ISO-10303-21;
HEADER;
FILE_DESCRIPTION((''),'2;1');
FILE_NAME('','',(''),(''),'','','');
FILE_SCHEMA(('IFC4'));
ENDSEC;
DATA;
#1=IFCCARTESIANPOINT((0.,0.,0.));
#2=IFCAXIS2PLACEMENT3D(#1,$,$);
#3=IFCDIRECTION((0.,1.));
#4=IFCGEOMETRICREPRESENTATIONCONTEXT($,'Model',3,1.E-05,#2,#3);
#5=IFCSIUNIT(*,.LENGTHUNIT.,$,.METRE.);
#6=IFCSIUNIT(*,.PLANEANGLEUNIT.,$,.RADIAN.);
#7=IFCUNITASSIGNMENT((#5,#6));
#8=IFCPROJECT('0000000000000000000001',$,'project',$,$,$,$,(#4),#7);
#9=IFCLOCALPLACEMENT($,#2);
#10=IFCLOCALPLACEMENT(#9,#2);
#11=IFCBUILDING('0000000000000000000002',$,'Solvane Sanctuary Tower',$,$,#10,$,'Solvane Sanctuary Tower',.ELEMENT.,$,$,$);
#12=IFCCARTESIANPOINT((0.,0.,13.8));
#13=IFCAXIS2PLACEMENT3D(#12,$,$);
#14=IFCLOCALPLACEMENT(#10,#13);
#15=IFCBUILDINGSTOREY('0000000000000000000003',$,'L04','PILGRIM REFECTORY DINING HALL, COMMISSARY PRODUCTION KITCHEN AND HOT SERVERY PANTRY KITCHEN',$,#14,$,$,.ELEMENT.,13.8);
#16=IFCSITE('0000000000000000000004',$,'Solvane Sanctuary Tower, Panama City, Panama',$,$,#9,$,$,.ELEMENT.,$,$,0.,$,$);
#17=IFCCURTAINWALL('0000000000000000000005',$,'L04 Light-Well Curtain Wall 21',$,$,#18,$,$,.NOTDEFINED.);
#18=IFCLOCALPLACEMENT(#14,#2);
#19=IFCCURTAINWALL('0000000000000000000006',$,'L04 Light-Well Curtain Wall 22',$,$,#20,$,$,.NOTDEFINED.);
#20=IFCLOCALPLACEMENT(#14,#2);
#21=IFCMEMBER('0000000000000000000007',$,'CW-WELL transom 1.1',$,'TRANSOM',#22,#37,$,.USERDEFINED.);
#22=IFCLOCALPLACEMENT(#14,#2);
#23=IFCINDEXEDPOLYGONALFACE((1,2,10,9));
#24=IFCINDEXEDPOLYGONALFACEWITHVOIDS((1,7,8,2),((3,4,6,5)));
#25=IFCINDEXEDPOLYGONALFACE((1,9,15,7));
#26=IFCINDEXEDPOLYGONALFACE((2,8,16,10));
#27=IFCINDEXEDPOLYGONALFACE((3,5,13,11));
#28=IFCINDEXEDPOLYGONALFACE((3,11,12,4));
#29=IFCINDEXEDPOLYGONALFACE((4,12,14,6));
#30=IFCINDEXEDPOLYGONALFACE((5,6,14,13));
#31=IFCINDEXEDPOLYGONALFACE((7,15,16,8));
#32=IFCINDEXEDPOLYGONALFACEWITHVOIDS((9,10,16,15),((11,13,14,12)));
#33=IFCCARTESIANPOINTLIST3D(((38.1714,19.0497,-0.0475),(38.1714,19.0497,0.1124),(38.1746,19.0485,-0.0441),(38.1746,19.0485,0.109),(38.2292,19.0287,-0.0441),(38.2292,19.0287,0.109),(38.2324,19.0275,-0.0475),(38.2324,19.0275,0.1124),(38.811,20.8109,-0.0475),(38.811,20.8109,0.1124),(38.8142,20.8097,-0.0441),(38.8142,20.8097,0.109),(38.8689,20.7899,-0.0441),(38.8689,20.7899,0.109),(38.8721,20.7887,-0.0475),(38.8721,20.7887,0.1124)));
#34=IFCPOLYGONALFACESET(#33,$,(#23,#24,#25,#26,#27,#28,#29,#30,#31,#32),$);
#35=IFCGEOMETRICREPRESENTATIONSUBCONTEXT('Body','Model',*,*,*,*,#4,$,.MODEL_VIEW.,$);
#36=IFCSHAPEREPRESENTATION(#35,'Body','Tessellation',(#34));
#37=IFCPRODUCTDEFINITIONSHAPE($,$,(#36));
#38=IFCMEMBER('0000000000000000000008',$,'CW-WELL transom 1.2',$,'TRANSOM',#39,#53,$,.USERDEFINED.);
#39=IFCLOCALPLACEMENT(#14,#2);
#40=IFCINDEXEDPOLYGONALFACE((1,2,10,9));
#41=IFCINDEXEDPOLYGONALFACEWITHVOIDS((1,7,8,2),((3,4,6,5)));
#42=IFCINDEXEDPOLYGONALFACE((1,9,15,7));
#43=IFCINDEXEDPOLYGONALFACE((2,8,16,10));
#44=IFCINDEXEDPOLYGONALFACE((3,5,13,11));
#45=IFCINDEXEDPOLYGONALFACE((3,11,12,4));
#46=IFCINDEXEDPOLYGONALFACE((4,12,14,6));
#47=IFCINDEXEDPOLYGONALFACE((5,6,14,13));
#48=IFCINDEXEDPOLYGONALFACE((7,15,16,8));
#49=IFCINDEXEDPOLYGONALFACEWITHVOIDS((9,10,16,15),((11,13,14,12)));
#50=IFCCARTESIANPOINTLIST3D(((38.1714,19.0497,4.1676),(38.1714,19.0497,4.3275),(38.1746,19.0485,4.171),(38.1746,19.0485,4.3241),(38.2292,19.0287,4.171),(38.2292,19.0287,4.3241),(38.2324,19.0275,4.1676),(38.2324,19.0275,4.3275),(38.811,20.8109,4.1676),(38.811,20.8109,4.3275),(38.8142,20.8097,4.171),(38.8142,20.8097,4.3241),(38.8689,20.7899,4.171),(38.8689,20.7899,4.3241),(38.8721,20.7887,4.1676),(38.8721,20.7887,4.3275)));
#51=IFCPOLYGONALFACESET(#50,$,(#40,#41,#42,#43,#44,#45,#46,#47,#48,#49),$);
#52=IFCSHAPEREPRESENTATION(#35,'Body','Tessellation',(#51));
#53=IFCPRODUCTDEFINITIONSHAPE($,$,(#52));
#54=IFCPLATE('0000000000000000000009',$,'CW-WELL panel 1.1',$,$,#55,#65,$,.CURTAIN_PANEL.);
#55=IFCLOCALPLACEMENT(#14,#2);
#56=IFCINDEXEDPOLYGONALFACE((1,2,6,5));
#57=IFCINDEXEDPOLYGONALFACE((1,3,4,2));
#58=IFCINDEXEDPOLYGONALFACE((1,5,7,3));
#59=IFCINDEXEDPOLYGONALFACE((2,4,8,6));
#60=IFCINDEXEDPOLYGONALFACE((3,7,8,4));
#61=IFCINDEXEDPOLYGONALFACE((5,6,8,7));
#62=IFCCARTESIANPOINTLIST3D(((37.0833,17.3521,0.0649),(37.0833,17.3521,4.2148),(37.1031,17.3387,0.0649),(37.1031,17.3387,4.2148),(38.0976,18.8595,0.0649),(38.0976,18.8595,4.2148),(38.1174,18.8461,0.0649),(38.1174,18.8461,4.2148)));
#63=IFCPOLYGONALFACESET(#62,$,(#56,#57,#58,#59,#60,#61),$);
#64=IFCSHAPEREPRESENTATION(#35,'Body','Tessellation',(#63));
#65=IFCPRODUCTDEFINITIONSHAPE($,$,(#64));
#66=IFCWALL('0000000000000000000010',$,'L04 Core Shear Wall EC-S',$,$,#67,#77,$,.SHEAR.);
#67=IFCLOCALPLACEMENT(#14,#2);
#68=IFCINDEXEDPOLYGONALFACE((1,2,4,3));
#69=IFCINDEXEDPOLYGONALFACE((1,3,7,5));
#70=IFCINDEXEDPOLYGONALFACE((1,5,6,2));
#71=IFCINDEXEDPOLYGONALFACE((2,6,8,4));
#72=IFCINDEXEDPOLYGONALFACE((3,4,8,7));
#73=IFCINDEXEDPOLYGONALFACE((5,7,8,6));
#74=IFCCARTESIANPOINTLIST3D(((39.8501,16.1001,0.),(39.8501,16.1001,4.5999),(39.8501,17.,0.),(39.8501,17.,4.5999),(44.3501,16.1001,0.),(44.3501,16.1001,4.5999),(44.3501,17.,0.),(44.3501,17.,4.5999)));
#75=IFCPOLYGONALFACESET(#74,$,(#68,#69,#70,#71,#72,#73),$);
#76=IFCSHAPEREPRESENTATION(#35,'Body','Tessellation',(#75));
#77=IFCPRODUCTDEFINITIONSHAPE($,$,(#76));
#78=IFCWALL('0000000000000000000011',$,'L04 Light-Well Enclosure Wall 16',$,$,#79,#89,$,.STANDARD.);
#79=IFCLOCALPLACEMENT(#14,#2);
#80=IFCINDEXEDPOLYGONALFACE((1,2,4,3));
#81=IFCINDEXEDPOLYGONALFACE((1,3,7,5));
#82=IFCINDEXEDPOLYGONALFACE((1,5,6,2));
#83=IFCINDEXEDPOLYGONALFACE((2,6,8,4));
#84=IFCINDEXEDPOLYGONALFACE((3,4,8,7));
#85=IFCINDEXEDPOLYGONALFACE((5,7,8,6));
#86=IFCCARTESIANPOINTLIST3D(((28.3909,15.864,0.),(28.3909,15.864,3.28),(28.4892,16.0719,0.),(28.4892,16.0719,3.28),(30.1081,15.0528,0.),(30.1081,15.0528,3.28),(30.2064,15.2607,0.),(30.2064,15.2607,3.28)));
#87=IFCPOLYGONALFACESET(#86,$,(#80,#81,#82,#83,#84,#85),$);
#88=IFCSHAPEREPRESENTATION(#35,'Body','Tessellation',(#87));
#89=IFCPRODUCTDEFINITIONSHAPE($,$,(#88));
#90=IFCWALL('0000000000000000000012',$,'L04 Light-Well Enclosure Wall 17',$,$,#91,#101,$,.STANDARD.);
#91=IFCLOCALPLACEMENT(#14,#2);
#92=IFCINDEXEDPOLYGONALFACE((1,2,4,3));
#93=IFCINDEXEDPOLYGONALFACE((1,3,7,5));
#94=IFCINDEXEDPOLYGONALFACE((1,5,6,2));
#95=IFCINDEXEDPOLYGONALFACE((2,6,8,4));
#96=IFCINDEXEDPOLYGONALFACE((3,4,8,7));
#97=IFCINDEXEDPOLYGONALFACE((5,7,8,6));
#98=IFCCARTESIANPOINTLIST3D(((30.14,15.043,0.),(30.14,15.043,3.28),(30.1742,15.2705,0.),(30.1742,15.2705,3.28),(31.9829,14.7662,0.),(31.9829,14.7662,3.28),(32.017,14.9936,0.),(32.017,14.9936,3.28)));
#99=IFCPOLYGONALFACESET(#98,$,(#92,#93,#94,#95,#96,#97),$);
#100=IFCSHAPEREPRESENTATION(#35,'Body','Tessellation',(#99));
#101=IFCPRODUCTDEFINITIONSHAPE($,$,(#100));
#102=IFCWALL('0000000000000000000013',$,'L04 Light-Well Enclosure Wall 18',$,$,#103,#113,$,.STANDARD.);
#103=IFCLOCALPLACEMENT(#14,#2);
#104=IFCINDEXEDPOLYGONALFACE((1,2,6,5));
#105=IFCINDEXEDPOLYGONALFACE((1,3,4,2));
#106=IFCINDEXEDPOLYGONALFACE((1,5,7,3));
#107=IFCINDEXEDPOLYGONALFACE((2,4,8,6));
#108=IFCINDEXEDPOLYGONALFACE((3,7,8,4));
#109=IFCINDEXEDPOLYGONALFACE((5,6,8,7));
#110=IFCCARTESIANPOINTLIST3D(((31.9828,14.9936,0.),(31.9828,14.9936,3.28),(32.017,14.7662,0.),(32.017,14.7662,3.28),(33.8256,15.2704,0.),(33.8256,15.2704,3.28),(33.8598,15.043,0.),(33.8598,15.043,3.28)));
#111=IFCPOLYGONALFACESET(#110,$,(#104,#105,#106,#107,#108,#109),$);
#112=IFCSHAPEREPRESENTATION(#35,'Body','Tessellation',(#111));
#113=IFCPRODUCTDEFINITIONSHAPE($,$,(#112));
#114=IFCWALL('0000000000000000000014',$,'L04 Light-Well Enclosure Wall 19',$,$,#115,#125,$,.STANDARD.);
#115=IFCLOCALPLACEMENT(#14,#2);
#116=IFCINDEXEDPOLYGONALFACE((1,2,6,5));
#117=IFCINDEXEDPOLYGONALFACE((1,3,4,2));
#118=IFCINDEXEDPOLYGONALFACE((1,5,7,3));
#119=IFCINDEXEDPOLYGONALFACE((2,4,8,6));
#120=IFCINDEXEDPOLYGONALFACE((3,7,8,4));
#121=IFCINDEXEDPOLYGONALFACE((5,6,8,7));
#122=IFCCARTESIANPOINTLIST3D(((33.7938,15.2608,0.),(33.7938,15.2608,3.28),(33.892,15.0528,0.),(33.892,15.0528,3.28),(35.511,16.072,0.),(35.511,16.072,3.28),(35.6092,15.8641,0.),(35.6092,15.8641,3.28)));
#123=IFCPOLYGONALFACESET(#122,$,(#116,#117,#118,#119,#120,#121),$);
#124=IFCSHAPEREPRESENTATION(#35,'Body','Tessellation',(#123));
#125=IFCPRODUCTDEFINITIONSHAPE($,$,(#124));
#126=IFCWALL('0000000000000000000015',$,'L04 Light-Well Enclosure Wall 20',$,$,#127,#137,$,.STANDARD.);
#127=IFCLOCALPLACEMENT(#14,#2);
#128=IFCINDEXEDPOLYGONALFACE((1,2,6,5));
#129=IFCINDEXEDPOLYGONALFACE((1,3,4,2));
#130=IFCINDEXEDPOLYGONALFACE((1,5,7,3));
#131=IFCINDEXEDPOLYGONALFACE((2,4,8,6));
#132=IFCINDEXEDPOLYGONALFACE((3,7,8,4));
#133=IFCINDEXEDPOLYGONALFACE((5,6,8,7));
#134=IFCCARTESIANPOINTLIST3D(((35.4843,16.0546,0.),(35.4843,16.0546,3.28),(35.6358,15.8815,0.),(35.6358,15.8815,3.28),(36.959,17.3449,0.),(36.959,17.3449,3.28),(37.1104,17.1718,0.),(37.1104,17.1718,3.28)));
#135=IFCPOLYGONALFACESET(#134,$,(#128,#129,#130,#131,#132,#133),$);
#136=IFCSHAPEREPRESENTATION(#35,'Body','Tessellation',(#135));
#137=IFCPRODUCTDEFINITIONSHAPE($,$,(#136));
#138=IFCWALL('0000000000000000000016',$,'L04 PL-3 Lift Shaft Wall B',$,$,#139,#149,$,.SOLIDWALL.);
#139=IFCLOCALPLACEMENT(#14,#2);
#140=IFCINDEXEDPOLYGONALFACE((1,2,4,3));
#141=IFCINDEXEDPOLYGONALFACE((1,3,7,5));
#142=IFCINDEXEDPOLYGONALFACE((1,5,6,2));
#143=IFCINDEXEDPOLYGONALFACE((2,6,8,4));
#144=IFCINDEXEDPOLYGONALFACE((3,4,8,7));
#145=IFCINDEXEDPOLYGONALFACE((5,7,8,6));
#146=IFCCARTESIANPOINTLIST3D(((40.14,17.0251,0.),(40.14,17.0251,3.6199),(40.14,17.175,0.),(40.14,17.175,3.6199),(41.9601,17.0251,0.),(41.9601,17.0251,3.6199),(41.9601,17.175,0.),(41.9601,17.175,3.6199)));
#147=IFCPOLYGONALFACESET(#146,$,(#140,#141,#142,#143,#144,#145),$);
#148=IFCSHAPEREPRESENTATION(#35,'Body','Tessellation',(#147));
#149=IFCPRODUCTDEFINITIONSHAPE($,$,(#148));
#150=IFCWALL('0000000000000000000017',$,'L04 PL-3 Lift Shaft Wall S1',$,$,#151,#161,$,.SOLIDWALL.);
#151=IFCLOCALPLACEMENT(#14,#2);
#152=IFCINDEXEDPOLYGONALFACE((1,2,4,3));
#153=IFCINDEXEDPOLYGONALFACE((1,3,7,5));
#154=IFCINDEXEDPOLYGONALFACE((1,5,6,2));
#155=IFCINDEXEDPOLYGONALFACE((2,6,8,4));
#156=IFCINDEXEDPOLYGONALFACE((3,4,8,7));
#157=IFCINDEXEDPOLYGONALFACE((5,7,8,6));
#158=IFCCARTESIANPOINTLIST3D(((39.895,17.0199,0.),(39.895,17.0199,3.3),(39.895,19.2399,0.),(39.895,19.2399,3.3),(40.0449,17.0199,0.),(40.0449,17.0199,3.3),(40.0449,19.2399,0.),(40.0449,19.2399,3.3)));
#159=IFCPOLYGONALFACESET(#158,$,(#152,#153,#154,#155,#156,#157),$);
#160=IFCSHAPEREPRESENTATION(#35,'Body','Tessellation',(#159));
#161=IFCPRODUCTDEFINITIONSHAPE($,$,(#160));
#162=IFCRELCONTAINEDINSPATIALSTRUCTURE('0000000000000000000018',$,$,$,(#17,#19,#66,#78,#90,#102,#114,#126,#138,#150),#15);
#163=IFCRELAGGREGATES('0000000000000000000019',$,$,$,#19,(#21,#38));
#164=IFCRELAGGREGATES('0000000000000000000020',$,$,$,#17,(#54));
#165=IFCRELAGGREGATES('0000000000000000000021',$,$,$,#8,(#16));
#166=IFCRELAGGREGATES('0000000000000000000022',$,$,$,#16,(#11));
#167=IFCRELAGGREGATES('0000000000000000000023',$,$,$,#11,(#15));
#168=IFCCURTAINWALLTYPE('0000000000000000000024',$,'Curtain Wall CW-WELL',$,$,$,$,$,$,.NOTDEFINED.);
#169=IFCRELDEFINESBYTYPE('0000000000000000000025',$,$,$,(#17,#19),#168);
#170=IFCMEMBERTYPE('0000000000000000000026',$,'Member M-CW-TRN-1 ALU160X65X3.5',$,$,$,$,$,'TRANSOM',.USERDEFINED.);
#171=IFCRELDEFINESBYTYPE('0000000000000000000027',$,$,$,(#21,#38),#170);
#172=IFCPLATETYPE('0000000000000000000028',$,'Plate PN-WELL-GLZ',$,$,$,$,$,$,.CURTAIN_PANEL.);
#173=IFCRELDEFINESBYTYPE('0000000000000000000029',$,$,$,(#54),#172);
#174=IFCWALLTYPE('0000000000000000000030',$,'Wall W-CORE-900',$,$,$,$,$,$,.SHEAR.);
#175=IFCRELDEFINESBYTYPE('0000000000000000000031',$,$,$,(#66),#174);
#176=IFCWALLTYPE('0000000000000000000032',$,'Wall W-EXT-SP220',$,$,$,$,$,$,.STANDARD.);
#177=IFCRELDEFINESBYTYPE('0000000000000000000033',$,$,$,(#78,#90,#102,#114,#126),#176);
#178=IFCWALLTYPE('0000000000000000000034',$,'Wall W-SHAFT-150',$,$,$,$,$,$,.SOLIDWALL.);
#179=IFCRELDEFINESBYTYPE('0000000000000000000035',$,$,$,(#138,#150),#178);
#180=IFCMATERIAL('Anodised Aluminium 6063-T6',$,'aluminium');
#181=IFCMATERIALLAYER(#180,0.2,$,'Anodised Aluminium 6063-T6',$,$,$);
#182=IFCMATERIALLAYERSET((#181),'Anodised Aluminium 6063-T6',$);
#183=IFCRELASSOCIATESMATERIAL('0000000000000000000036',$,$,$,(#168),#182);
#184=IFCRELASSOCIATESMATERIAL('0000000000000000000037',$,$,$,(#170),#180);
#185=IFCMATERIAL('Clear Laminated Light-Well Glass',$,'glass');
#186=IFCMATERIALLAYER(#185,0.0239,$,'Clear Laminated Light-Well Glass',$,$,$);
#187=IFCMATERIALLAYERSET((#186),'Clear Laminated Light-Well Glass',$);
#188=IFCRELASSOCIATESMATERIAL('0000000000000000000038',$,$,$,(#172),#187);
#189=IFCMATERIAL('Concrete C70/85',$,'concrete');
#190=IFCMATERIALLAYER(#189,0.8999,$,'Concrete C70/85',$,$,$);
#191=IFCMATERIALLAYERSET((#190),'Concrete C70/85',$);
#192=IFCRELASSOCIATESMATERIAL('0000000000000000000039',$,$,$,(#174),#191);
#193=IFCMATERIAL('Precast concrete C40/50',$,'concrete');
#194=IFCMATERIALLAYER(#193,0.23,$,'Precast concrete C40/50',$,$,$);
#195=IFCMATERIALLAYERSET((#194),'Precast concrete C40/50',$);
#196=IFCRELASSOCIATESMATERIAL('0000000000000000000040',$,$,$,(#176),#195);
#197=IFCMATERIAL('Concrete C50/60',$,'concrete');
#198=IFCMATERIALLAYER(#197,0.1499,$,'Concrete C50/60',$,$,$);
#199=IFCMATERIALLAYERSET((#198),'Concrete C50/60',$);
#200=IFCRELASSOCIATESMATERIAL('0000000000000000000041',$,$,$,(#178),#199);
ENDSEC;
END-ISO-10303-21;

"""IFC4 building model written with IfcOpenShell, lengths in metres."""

from ifc_helpers import new_model, si_unit, direction, frame, frame_2d, origin, origin_2d, place, context, subcontext, project, spatial, rectangle, hollow_rectangle, extrude, material, layer, layer_set, material_profile, profile_set, type_object, element, aggregate, save


model = new_model("IFC4")

# Units and contexts
model_context = context("Model", 3, precision=1e-05, world=origin(), true_north=direction((0.0, 1.0)))
body_context = subcontext(model_context, "Body", "Model", "MODEL_VIEW")
ifc_project = project(units=[si_unit("LENGTHUNIT", "METRE"), si_unit("PLANEANGLEUNIT", "RADIAN")], contexts=[model_context])

# Site, building, storey
site_placement = place(None, origin())
site = spatial("IfcSite", under=ifc_project, at=site_placement, Name="Solvane Sanctuary Tower, Panama City, Panama", CompositionType="ELEMENT", RefElevation=0.0)
building_placement = place(site_placement, origin())
building = spatial("IfcBuilding", under=site, at=building_placement, Name="Solvane Sanctuary Tower", LongName="Solvane Sanctuary Tower", CompositionType="ELEMENT")
storey_placement = place(building_placement, frame((0.0, 0.0, 13.8)))
storey = spatial("IfcBuildingStorey", under=building, at=storey_placement, Name="L04", Description="PILGRIM REFECTORY DINING HALL, COMMISSARY PRODUCTION KITCHEN AND HOT SERVERY PANTRY KITCHEN", CompositionType="ELEMENT", Elevation=13.8)

# Shared definitions
ifc_material_1 = material(Name="Concrete C70/85", Category="concrete")

# Curtain wall
ifc_material_2 = material(Name="Anodised Aluminium 6063-T6", Category="aluminium")
ifc_layer_1 = layer(ifc_material_2, 0.2, Name="Anodised Aluminium 6063-T6")
ifc_layer_set_1 = layer_set([ifc_layer_1], Name="Anodised Aluminium 6063-T6")
curtain_wall_type = type_object("IfcCurtainWallType", Name="Curtain Wall CW-WELL", PredefinedType="NOTDEFINED", material=ifc_layer_set_1)
curtain_wall_1_placement = place(storey_placement, origin())
curtain_wall_1 = element("IfcCurtainWall", 1, at=curtain_wall_1_placement, inside=storey, type_object=curtain_wall_type, Name="L04 Light-Well Curtain Wall 21", PredefinedType="NOTDEFINED")

# Curtain wall
curtain_wall_2_placement = place(storey_placement, origin())
curtain_wall_2 = element("IfcCurtainWall", 2, at=curtain_wall_2_placement, inside=storey, type_object=curtain_wall_type, Name="L04 Light-Well Curtain Wall 22", PredefinedType="NOTDEFINED")

# Members
ifc_material_profile_1 = material_profile(ifc_material_2, hollow_rectangle(XDim=0.0649, YDim=0.1599, WallThickness=0.0034, at=origin_2d()), Name="ALU160X65X3.5")
ifc_profile_set_1 = profile_set([ifc_material_profile_1], Name="Anodised Aluminium 6063-T6")
member_type_1 = type_object("IfcMemberType", Name="Member M-CW-TRN-1 ALU160X65X3.5", ElementType="TRANSOM", PredefinedType="USERDEFINED", material=ifc_profile_set_1)
member_1_placement = place(storey_placement, frame((38.2019, 19.0386, 0.0325), z_axis=(0.341366, 0.93993, 0.0), x_axis=(-0.93993, 0.341366, 0.0)))
member_1 = element("IfcMember", 3, at=member_1_placement, type_object=member_type_1, Name="CW-WELL transom 1.1", ObjectType="TRANSOM", PredefinedType="USERDEFINED", context=body_context, shape_type="SweptSolid", body=[
    extrude(hollow_rectangle(XDim=0.0649, YDim=0.1599, WallThickness=0.0034, at=origin_2d()), origin(), (0.0, 0.0, 1.0), 1.8738),
])
member_2_placement = place(storey_placement, frame((38.2019, 19.0386, 4.2476), z_axis=(0.341366, 0.93993, 0.0), x_axis=(-0.93993, 0.341366, 0.0)))
member_2 = element("IfcMember", 4, at=member_2_placement, type_object=member_type_1, Name="CW-WELL transom 1.2", ObjectType="TRANSOM", PredefinedType="USERDEFINED", context=body_context, shape_type="SweptSolid", body=[
    extrude(hollow_rectangle(XDim=0.0649, YDim=0.1599, WallThickness=0.0034, at=origin_2d()), origin(), (0.0, 0.0, 1.0), 1.8738),
])
aggregate(curtain_wall_2, [member_1, member_2])

# Plate
ifc_material_3 = material(Name="Clear Laminated Light-Well Glass", Category="glass")
ifc_layer_2 = layer(ifc_material_3, 0.0239, Name="Clear Laminated Light-Well Glass")
ifc_layer_set_2 = layer_set([ifc_layer_2], Name="Clear Laminated Light-Well Glass")
plate_type = type_object("IfcPlateType", Name="Plate PN-WELL-GLZ", PredefinedType="CURTAIN_PANEL", material=ifc_layer_set_2)
plate_placement = place(storey_placement, frame((37.6003, 18.0991, 0.0649), z_axis=(0.0, 0.0, 1.0), x_axis=(0.558263, 0.829664, 0.0)))
plate = element("IfcPlate", 5, at=plate_placement, type_object=plate_type, Name="CW-WELL panel 1.1", PredefinedType="CURTAIN_PANEL", context=body_context, shape_type="SweptSolid", body=[
    extrude(rectangle(XDim=1.8169, YDim=0.0239, at=origin_2d()), origin(), (0.0, 0.0, 1.0), 4.1499),
])
aggregate(curtain_wall_1, [plate])

# Walls
ifc_layer_3 = layer(ifc_material_1, 0.8999, Name="Concrete C70/85")
ifc_layer_set_3 = layer_set([ifc_layer_3], Name="Concrete C70/85")
wall_type_1 = type_object("IfcWallType", Name="Wall W-CORE-900", PredefinedType="SHEAR", material=ifc_layer_set_3)
wall_1_placement = place(storey_placement, frame((39.8501, 16.55, 0.0), z_axis=(0.0, 0.0, 1.0), x_axis=(1.0, 0.0, 0.0)))
element("IfcWall", 6, at=wall_1_placement, inside=storey, type_object=wall_type_1, Name="L04 Core Shear Wall EC-S", PredefinedType="SHEAR", context=body_context, shape_type="SweptSolid", body=[
    extrude(rectangle(XDim=4.5, YDim=0.8999, at=frame_2d((2.25, 0.0))), origin(), (0.0, 0.0, 1.0), 4.5999),
])
ifc_material_4 = material(Name="Precast concrete C40/50", Category="concrete")
ifc_layer_4 = layer(ifc_material_4, 0.23, Name="Precast concrete C40/50")
ifc_layer_set_4 = layer_set([ifc_layer_4], Name="Precast concrete C40/50")
wall_type_2 = type_object("IfcWallType", Name="Wall W-EXT-SP220", PredefinedType="STANDARD", material=ifc_layer_set_4)
wall_2_placement = place(storey_placement, frame((28.4399, 15.968, 0.0), z_axis=(0.0, 0.0, 1.0), x_axis=(0.90418, -0.427152, 0.0)))
element("IfcWall", 7, at=wall_2_placement, inside=storey, type_object=wall_type_2, Name="L04 Light-Well Enclosure Wall 16", PredefinedType="STANDARD", context=body_context, shape_type="SweptSolid", body=[
    extrude(rectangle(XDim=1.8992, YDim=0.23, at=frame_2d((0.9497, 0.0))), origin(), (0.0, 0.0, 1.0), 3.28),
])
for number, where, z_axis, x_axis, name in (
    (8, (30.1572, 15.1567, 0.0), (0.0, 0.0, 1.0), (0.988902, -0.148571, 0.0), "L04 Light-Well Enclosure Wall 17"),
    (9, (32.0, 14.8799, 0.0), (0.0, 0.0, 1.0), (0.988902, 0.148571, 0.0), "L04 Light-Well Enclosure Wall 18"),
):
    element("IfcWall", number, at=place(storey_placement, frame(where, z_axis=z_axis, x_axis=x_axis)), inside=storey, type_object=wall_type_2, Name=name, PredefinedType="STANDARD", context=body_context, shape_type="SweptSolid", body=[
        extrude(rectangle(XDim=1.8635, YDim=0.23, at=frame_2d((0.9316, 0.0))), origin(), (0.0, 0.0, 1.0), 3.28),
    ])
wall_3_placement = place(storey_placement, frame((33.8428, 15.1567, 0.0), z_axis=(0.0, 0.0, 1.0), x_axis=(0.90418, 0.427152, 0.0)))
element("IfcWall", 10, at=wall_3_placement, inside=storey, type_object=wall_type_2, Name="L04 Light-Well Enclosure Wall 19", PredefinedType="STANDARD", context=body_context, shape_type="SweptSolid", body=[
    extrude(rectangle(XDim=1.8992, YDim=0.23, at=frame_2d((0.9497, 0.0))), origin(), (0.0, 0.0, 1.0), 3.28),
])
wall_4_placement = place(storey_placement, frame((35.5601, 15.968, 0.0), z_axis=(0.0, 0.0, 1.0), x_axis=(0.752577, 0.658505, 0.0)))
element("IfcWall", 11, at=wall_4_placement, inside=storey, type_object=wall_type_2, Name="L04 Light-Well Enclosure Wall 20", PredefinedType="STANDARD", context=body_context, shape_type="SweptSolid", body=[
    extrude(rectangle(XDim=1.9595, YDim=0.23, at=frame_2d((0.9797, 0.0))), origin(), (0.0, 0.0, 1.0), 3.28),
])
ifc_material_5 = material(Name="Concrete C50/60", Category="concrete")
ifc_layer_5 = layer(ifc_material_5, 0.1499, Name="Concrete C50/60")
ifc_layer_set_5 = layer_set([ifc_layer_5], Name="Concrete C50/60")
wall_type_3 = type_object("IfcWallType", Name="Wall W-SHAFT-150", PredefinedType="SOLIDWALL", material=ifc_layer_set_5)
wall_5_placement = place(storey_placement, frame((40.1399, 17.1001, 0.0), z_axis=(0.0, 0.0, 1.0), x_axis=(1.0, 0.0, 0.0)))
element("IfcWall", 12, at=wall_5_placement, inside=storey, type_object=wall_type_3, Name="L04 PL-3 Lift Shaft Wall B", PredefinedType="SOLIDWALL", context=body_context, shape_type="SweptSolid", body=[
    extrude(rectangle(XDim=1.8201, YDim=0.1499, at=frame_2d((0.9102, 0.0))), origin(), (0.0, 0.0, 1.0), 3.6199),
])
wall_6_placement = place(storey_placement, frame((39.97, 17.02, 0.0), z_axis=(0.0, 0.0, 1.0), x_axis=(0.0, 1.0, 0.0)))
element("IfcWall", 13, at=wall_6_placement, inside=storey, type_object=wall_type_3, Name="L04 PL-3 Lift Shaft Wall S1", PredefinedType="SOLIDWALL", context=body_context, shape_type="SweptSolid", body=[
    extrude(rectangle(XDim=2.22, YDim=0.1499, at=frame_2d((1.1099, 0.0))), origin(), (0.0, 0.0, 1.0), 3.3),
])

save(model, "model.ifc")
